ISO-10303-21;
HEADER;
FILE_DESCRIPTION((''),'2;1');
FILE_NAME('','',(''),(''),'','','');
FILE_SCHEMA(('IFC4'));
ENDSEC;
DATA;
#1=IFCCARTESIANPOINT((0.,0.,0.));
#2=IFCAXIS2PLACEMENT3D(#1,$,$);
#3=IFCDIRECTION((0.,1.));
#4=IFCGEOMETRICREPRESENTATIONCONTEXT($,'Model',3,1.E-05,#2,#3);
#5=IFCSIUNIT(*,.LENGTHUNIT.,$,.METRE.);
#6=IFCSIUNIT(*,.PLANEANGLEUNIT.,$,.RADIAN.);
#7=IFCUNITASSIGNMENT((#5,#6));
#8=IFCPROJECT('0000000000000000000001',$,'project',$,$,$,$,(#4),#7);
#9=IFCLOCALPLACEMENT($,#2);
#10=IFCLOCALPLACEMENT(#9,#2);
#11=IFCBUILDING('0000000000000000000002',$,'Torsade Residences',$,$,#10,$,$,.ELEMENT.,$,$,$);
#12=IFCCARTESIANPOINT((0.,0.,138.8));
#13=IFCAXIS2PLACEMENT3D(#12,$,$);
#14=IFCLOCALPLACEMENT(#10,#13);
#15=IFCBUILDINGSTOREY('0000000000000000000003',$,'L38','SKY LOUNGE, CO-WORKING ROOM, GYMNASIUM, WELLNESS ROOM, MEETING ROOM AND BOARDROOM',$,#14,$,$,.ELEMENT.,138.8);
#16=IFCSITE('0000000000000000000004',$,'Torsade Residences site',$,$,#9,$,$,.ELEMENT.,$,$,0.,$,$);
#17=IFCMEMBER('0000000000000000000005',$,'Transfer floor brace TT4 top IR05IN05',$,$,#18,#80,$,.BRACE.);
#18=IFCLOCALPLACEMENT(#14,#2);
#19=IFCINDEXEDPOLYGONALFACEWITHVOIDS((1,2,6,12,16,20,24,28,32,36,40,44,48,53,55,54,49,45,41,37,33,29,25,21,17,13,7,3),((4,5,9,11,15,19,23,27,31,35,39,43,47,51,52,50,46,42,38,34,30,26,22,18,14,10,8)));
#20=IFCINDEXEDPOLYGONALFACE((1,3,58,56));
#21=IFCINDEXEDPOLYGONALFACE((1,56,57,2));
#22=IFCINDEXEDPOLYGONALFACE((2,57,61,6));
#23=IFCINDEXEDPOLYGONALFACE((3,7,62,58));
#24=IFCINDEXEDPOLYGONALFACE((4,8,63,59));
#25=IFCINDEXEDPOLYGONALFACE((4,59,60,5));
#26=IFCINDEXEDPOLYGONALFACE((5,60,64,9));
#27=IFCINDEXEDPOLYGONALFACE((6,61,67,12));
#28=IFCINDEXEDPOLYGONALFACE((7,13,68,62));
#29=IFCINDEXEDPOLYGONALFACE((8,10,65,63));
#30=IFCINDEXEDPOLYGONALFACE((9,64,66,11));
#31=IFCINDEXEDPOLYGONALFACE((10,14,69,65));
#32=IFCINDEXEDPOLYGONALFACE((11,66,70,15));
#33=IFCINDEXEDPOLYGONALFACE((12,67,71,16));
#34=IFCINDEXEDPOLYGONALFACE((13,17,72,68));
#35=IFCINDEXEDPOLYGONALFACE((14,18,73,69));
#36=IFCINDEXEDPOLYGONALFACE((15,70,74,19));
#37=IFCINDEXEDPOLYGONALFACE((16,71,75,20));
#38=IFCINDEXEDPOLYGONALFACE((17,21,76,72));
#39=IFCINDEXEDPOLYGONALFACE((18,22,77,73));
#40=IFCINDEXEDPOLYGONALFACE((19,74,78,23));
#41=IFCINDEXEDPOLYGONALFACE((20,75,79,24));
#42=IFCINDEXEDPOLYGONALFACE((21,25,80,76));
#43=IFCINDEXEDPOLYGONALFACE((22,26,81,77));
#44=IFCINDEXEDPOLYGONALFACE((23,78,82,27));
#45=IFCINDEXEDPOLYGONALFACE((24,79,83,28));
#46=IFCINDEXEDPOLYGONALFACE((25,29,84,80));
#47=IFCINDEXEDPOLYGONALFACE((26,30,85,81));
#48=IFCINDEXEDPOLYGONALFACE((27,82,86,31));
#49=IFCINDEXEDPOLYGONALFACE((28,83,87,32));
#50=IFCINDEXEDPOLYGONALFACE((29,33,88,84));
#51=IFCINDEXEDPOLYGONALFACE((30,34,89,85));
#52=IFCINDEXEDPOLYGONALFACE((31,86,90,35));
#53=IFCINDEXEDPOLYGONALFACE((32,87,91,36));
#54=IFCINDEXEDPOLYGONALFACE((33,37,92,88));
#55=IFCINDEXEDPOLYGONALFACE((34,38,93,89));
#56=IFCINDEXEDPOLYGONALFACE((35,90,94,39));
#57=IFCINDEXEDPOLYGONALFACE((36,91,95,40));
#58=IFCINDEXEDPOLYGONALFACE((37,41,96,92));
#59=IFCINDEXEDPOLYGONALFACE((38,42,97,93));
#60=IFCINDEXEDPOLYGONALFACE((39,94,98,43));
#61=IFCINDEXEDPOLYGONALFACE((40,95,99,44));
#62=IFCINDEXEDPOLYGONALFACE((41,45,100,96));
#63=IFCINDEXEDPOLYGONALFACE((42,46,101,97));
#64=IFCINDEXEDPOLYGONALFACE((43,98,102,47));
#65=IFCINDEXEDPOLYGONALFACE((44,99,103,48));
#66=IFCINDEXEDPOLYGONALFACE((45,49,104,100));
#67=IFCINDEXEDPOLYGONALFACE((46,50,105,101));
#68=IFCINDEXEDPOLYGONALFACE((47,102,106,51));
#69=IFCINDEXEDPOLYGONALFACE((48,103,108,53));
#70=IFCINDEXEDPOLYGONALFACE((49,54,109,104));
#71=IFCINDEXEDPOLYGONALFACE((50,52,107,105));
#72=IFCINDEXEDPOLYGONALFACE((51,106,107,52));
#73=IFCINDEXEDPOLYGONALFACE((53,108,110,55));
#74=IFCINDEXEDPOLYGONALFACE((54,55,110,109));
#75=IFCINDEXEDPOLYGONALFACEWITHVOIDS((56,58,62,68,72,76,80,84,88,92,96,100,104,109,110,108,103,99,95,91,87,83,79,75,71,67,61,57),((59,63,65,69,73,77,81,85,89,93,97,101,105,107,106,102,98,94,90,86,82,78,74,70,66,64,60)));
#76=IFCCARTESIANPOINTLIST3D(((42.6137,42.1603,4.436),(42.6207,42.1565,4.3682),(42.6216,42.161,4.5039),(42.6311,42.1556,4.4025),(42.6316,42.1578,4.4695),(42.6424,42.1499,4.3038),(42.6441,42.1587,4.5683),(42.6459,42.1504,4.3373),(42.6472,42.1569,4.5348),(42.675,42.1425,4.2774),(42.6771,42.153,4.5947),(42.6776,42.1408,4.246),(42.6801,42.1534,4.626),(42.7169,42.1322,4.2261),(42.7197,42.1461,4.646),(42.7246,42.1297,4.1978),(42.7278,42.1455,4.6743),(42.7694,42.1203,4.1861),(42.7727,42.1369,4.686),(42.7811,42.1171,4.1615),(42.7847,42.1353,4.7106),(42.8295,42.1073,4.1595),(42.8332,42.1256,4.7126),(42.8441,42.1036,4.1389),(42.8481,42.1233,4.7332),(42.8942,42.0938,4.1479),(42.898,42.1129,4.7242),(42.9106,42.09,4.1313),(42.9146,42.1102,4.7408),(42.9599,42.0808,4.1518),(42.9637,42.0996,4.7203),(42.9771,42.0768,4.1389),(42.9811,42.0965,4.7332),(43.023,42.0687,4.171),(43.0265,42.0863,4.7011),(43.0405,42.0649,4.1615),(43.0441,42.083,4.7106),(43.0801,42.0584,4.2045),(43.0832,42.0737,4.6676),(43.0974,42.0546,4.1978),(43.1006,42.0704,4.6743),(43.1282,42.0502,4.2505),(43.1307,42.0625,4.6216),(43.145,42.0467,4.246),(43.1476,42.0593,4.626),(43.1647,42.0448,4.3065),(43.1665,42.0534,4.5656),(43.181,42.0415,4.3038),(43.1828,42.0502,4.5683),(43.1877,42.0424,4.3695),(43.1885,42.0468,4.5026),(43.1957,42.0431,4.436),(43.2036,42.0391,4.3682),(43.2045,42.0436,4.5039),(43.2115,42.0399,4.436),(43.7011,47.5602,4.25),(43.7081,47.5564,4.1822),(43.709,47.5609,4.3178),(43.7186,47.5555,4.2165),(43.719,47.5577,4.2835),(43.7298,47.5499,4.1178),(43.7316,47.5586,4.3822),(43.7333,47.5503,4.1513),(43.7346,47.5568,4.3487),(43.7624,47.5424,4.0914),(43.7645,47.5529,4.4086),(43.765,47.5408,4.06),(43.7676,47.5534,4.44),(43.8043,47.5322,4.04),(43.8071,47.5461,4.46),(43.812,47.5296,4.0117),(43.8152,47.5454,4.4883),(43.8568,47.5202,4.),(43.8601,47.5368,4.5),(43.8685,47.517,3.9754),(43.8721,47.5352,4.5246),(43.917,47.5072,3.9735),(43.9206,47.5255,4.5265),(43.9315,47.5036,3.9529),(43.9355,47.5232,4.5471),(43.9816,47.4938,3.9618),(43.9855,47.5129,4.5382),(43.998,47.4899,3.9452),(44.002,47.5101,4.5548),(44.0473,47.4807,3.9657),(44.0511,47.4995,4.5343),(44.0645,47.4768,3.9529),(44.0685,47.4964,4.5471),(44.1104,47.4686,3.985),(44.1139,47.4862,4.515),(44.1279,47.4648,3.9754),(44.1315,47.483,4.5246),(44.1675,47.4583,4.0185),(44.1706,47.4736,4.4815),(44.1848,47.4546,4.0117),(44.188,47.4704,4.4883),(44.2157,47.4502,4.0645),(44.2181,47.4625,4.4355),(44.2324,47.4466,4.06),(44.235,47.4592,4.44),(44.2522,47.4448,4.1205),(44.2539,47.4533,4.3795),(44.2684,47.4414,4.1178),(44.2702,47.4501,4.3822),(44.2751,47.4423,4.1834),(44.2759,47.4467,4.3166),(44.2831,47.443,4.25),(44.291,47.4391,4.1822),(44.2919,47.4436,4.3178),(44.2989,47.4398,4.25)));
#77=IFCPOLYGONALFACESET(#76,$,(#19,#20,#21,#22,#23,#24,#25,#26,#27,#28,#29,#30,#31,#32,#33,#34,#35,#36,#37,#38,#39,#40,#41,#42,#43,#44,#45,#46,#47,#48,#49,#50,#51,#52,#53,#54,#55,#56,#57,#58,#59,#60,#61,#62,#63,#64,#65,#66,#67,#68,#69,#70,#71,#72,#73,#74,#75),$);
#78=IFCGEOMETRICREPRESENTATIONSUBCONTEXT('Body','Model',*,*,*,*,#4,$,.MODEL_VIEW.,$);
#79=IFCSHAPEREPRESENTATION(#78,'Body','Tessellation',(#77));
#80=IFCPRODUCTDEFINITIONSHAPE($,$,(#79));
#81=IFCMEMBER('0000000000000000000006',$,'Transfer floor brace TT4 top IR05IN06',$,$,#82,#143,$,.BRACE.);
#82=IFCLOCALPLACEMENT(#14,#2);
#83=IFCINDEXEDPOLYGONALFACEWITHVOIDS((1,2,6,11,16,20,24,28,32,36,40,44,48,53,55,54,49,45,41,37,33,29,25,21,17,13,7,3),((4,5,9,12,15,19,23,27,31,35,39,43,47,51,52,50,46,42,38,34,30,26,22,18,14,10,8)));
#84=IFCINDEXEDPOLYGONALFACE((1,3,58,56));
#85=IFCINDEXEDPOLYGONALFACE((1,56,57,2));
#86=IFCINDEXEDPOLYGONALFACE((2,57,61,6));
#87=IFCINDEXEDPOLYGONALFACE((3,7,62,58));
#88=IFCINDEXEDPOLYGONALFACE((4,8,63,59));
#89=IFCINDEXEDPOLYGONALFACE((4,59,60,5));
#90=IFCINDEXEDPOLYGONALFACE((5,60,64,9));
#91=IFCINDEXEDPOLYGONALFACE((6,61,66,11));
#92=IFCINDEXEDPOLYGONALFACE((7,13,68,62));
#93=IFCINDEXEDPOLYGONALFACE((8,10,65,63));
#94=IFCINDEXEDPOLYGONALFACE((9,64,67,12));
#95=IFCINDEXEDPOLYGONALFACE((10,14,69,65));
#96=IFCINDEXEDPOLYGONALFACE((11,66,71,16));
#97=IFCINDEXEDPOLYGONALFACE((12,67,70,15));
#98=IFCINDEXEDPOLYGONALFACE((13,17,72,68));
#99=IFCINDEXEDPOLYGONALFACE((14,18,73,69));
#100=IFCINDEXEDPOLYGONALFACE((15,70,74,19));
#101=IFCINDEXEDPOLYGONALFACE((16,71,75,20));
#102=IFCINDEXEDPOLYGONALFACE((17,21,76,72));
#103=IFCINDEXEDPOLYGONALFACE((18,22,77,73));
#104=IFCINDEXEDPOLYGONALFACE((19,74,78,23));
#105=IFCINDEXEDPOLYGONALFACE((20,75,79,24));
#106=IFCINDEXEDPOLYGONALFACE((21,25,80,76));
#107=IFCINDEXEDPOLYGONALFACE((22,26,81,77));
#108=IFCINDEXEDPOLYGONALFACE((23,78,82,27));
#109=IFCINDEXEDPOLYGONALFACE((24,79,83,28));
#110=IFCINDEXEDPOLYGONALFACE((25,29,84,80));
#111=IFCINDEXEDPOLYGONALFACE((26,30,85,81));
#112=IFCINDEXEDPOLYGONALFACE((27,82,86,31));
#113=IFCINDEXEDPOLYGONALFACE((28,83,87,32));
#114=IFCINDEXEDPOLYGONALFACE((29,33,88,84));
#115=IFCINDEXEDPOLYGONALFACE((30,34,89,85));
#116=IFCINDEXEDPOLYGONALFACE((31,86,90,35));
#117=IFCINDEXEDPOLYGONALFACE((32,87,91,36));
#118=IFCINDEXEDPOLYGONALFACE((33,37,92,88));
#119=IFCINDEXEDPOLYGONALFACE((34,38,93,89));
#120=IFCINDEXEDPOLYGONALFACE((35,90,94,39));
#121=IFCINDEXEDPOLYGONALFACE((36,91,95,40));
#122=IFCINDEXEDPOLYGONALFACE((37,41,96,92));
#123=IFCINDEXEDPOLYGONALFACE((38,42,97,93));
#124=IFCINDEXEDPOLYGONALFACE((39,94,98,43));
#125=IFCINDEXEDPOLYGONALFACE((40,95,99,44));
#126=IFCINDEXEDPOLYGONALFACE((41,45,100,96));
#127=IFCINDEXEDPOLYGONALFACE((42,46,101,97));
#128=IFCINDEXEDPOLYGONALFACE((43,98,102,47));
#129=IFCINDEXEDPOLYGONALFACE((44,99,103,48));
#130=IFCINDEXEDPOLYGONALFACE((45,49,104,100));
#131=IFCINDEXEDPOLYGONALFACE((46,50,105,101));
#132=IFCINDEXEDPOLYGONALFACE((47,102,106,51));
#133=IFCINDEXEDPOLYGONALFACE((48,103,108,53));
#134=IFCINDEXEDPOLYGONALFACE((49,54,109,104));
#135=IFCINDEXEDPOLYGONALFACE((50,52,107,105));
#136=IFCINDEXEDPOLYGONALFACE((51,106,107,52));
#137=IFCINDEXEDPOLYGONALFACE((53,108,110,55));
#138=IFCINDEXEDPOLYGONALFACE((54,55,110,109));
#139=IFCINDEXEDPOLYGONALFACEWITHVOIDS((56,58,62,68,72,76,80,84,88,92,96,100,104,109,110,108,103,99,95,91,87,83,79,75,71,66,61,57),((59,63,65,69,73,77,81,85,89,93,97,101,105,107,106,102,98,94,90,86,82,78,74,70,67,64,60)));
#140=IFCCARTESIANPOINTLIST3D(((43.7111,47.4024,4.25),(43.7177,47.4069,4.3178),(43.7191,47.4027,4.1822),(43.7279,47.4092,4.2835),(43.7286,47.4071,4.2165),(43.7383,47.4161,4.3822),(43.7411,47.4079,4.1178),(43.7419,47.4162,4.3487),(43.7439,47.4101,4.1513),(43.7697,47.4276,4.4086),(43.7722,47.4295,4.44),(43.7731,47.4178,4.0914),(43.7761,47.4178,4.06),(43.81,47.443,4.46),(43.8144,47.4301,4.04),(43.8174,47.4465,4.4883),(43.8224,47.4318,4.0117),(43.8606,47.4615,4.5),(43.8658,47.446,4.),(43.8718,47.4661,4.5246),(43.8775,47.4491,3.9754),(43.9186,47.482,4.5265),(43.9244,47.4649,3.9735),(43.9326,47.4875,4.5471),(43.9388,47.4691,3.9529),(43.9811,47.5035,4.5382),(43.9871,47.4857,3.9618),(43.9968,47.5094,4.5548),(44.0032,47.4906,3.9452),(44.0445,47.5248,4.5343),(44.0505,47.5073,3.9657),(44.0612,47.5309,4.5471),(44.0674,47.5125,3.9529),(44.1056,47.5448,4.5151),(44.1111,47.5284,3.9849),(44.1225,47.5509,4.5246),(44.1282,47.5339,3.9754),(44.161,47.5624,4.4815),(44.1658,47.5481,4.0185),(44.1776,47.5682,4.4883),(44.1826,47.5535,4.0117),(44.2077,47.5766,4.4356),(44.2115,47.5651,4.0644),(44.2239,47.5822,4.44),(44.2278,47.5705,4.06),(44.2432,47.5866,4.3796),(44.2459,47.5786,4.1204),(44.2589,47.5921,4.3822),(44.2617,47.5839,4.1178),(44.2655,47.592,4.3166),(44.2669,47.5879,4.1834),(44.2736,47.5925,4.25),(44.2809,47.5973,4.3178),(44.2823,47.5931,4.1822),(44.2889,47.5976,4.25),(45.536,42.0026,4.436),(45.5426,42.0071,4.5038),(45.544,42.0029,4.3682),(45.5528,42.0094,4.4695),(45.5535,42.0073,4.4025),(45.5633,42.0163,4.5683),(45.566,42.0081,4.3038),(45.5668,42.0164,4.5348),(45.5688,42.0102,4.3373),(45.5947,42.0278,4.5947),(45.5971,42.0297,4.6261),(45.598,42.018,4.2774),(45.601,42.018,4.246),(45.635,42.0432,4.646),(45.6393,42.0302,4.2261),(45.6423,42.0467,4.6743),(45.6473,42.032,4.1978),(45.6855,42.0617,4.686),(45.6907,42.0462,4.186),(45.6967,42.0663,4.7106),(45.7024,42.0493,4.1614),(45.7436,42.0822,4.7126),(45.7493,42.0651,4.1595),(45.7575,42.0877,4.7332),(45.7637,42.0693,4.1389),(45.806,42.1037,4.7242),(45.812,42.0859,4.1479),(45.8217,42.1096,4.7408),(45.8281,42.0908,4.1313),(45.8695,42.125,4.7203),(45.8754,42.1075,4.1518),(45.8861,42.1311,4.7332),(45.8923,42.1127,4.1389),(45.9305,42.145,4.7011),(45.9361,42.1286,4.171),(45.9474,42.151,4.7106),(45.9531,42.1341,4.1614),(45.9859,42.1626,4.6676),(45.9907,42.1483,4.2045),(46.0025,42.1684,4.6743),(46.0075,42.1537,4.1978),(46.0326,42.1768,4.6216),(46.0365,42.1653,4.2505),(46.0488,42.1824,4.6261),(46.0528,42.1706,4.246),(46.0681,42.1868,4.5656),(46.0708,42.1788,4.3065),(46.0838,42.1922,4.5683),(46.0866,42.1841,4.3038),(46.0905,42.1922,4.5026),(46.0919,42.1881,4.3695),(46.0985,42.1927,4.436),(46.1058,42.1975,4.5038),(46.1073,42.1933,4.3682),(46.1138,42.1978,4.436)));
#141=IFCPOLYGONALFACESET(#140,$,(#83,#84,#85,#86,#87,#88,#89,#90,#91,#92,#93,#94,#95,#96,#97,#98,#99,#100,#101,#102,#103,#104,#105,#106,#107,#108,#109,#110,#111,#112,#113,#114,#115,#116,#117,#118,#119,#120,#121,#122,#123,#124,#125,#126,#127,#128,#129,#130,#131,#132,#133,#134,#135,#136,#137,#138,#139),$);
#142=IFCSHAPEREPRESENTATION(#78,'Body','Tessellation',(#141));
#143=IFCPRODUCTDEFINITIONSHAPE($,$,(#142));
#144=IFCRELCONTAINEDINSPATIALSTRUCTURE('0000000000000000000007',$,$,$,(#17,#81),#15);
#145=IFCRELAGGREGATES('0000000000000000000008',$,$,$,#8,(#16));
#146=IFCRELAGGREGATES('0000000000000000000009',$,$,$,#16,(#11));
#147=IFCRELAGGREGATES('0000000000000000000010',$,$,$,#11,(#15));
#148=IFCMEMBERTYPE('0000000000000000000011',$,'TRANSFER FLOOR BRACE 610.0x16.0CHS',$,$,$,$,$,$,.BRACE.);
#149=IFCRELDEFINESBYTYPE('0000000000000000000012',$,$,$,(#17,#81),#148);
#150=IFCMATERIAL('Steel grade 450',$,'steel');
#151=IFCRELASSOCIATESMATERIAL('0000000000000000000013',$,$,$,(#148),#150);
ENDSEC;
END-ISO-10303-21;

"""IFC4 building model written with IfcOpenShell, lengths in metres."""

from ifc_helpers import new_model, si_unit, direction, frame, origin, origin_2d, place, context, subcontext, project, spatial, hollow_circle, extrude, material, material_profile, profile_set, type_object, element, save


model = new_model("IFC4")

# Units and contexts
model_context = context("Model", 3, precision=1e-05, world=origin(), true_north=direction((0.0, 1.0)))
body_context = subcontext(model_context, "Body", "Model", "MODEL_VIEW")
ifc_project = project(units=[si_unit("LENGTHUNIT", "METRE"), si_unit("PLANEANGLEUNIT", "RADIAN")], contexts=[model_context])

# Site, building, storey
site_placement = place(None, origin())
site = spatial("IfcSite", under=ifc_project, at=site_placement, Name="Torsade Residences site", CompositionType="ELEMENT", RefElevation=0.0)
building_placement = place(site_placement, origin())
building = spatial("IfcBuilding", under=site, at=building_placement, Name="Torsade Residences", CompositionType="ELEMENT")
storey_placement = place(building_placement, frame((0.0, 0.0, 138.8)))
storey = spatial("IfcBuildingStorey", under=building, at=storey_placement, Name="L38", Description="SKY LOUNGE, CO-WORKING ROOM, GYMNASIUM, WELLNESS ROOM, MEETING ROOM AND BOARDROOM", CompositionType="ELEMENT", Elevation=138.8)

# Members
ifc_material_1 = material(Name="Steel grade 450", Category="steel")
ifc_material_profile_1 = material_profile(ifc_material_1, hollow_circle(Radius=0.3049, WallThickness=0.0161, at=origin_2d()), Name="610.0x16.0CHS")
ifc_profile_set_1 = profile_set([ifc_material_profile_1], Name="Steel grade 450")
member_type_1 = type_object("IfcMemberType", Name="TRANSFER FLOOR BRACE 610.0x16.0CHS", PredefinedType="BRACE", material=ifc_profile_set_1)
member_1_placement = place(storey_placement, frame((44.0, 47.5, 4.25), z_axis=(-0.197299, -0.979762, 0.033754), x_axis=(0.980321, -0.197412, 0.0)))
element("IfcMember", 1, at=member_1_placement, inside=storey, type_object=member_type_1, Name="Transfer floor brace TT4 top IR05IN05", PredefinedType="BRACE", context=body_context, shape_type="SweptSolid", body=[
    extrude(hollow_circle(Radius=0.3049, WallThickness=0.0161, at=origin_2d()), origin(), (0.0, 0.0, 1.0), 5.5115),
])
member_2_placement = place(storey_placement, frame((44.0, 47.5, 4.25), z_axis=(0.319999, -0.946856, 0.032621), x_axis=(0.94736, 0.32017, 0.0)))
element("IfcMember", 2, at=member_2_placement, inside=storey, type_object=member_type_1, Name="Transfer floor brace TT4 top IR05IN06", PredefinedType="BRACE", context=body_context, shape_type="SweptSolid", body=[
    extrude(hollow_circle(Radius=0.3049, WallThickness=0.0161, at=origin_2d()), origin(), (0.0, 0.0, 1.0), 5.7029),
])

save(model, "model.ifc")
